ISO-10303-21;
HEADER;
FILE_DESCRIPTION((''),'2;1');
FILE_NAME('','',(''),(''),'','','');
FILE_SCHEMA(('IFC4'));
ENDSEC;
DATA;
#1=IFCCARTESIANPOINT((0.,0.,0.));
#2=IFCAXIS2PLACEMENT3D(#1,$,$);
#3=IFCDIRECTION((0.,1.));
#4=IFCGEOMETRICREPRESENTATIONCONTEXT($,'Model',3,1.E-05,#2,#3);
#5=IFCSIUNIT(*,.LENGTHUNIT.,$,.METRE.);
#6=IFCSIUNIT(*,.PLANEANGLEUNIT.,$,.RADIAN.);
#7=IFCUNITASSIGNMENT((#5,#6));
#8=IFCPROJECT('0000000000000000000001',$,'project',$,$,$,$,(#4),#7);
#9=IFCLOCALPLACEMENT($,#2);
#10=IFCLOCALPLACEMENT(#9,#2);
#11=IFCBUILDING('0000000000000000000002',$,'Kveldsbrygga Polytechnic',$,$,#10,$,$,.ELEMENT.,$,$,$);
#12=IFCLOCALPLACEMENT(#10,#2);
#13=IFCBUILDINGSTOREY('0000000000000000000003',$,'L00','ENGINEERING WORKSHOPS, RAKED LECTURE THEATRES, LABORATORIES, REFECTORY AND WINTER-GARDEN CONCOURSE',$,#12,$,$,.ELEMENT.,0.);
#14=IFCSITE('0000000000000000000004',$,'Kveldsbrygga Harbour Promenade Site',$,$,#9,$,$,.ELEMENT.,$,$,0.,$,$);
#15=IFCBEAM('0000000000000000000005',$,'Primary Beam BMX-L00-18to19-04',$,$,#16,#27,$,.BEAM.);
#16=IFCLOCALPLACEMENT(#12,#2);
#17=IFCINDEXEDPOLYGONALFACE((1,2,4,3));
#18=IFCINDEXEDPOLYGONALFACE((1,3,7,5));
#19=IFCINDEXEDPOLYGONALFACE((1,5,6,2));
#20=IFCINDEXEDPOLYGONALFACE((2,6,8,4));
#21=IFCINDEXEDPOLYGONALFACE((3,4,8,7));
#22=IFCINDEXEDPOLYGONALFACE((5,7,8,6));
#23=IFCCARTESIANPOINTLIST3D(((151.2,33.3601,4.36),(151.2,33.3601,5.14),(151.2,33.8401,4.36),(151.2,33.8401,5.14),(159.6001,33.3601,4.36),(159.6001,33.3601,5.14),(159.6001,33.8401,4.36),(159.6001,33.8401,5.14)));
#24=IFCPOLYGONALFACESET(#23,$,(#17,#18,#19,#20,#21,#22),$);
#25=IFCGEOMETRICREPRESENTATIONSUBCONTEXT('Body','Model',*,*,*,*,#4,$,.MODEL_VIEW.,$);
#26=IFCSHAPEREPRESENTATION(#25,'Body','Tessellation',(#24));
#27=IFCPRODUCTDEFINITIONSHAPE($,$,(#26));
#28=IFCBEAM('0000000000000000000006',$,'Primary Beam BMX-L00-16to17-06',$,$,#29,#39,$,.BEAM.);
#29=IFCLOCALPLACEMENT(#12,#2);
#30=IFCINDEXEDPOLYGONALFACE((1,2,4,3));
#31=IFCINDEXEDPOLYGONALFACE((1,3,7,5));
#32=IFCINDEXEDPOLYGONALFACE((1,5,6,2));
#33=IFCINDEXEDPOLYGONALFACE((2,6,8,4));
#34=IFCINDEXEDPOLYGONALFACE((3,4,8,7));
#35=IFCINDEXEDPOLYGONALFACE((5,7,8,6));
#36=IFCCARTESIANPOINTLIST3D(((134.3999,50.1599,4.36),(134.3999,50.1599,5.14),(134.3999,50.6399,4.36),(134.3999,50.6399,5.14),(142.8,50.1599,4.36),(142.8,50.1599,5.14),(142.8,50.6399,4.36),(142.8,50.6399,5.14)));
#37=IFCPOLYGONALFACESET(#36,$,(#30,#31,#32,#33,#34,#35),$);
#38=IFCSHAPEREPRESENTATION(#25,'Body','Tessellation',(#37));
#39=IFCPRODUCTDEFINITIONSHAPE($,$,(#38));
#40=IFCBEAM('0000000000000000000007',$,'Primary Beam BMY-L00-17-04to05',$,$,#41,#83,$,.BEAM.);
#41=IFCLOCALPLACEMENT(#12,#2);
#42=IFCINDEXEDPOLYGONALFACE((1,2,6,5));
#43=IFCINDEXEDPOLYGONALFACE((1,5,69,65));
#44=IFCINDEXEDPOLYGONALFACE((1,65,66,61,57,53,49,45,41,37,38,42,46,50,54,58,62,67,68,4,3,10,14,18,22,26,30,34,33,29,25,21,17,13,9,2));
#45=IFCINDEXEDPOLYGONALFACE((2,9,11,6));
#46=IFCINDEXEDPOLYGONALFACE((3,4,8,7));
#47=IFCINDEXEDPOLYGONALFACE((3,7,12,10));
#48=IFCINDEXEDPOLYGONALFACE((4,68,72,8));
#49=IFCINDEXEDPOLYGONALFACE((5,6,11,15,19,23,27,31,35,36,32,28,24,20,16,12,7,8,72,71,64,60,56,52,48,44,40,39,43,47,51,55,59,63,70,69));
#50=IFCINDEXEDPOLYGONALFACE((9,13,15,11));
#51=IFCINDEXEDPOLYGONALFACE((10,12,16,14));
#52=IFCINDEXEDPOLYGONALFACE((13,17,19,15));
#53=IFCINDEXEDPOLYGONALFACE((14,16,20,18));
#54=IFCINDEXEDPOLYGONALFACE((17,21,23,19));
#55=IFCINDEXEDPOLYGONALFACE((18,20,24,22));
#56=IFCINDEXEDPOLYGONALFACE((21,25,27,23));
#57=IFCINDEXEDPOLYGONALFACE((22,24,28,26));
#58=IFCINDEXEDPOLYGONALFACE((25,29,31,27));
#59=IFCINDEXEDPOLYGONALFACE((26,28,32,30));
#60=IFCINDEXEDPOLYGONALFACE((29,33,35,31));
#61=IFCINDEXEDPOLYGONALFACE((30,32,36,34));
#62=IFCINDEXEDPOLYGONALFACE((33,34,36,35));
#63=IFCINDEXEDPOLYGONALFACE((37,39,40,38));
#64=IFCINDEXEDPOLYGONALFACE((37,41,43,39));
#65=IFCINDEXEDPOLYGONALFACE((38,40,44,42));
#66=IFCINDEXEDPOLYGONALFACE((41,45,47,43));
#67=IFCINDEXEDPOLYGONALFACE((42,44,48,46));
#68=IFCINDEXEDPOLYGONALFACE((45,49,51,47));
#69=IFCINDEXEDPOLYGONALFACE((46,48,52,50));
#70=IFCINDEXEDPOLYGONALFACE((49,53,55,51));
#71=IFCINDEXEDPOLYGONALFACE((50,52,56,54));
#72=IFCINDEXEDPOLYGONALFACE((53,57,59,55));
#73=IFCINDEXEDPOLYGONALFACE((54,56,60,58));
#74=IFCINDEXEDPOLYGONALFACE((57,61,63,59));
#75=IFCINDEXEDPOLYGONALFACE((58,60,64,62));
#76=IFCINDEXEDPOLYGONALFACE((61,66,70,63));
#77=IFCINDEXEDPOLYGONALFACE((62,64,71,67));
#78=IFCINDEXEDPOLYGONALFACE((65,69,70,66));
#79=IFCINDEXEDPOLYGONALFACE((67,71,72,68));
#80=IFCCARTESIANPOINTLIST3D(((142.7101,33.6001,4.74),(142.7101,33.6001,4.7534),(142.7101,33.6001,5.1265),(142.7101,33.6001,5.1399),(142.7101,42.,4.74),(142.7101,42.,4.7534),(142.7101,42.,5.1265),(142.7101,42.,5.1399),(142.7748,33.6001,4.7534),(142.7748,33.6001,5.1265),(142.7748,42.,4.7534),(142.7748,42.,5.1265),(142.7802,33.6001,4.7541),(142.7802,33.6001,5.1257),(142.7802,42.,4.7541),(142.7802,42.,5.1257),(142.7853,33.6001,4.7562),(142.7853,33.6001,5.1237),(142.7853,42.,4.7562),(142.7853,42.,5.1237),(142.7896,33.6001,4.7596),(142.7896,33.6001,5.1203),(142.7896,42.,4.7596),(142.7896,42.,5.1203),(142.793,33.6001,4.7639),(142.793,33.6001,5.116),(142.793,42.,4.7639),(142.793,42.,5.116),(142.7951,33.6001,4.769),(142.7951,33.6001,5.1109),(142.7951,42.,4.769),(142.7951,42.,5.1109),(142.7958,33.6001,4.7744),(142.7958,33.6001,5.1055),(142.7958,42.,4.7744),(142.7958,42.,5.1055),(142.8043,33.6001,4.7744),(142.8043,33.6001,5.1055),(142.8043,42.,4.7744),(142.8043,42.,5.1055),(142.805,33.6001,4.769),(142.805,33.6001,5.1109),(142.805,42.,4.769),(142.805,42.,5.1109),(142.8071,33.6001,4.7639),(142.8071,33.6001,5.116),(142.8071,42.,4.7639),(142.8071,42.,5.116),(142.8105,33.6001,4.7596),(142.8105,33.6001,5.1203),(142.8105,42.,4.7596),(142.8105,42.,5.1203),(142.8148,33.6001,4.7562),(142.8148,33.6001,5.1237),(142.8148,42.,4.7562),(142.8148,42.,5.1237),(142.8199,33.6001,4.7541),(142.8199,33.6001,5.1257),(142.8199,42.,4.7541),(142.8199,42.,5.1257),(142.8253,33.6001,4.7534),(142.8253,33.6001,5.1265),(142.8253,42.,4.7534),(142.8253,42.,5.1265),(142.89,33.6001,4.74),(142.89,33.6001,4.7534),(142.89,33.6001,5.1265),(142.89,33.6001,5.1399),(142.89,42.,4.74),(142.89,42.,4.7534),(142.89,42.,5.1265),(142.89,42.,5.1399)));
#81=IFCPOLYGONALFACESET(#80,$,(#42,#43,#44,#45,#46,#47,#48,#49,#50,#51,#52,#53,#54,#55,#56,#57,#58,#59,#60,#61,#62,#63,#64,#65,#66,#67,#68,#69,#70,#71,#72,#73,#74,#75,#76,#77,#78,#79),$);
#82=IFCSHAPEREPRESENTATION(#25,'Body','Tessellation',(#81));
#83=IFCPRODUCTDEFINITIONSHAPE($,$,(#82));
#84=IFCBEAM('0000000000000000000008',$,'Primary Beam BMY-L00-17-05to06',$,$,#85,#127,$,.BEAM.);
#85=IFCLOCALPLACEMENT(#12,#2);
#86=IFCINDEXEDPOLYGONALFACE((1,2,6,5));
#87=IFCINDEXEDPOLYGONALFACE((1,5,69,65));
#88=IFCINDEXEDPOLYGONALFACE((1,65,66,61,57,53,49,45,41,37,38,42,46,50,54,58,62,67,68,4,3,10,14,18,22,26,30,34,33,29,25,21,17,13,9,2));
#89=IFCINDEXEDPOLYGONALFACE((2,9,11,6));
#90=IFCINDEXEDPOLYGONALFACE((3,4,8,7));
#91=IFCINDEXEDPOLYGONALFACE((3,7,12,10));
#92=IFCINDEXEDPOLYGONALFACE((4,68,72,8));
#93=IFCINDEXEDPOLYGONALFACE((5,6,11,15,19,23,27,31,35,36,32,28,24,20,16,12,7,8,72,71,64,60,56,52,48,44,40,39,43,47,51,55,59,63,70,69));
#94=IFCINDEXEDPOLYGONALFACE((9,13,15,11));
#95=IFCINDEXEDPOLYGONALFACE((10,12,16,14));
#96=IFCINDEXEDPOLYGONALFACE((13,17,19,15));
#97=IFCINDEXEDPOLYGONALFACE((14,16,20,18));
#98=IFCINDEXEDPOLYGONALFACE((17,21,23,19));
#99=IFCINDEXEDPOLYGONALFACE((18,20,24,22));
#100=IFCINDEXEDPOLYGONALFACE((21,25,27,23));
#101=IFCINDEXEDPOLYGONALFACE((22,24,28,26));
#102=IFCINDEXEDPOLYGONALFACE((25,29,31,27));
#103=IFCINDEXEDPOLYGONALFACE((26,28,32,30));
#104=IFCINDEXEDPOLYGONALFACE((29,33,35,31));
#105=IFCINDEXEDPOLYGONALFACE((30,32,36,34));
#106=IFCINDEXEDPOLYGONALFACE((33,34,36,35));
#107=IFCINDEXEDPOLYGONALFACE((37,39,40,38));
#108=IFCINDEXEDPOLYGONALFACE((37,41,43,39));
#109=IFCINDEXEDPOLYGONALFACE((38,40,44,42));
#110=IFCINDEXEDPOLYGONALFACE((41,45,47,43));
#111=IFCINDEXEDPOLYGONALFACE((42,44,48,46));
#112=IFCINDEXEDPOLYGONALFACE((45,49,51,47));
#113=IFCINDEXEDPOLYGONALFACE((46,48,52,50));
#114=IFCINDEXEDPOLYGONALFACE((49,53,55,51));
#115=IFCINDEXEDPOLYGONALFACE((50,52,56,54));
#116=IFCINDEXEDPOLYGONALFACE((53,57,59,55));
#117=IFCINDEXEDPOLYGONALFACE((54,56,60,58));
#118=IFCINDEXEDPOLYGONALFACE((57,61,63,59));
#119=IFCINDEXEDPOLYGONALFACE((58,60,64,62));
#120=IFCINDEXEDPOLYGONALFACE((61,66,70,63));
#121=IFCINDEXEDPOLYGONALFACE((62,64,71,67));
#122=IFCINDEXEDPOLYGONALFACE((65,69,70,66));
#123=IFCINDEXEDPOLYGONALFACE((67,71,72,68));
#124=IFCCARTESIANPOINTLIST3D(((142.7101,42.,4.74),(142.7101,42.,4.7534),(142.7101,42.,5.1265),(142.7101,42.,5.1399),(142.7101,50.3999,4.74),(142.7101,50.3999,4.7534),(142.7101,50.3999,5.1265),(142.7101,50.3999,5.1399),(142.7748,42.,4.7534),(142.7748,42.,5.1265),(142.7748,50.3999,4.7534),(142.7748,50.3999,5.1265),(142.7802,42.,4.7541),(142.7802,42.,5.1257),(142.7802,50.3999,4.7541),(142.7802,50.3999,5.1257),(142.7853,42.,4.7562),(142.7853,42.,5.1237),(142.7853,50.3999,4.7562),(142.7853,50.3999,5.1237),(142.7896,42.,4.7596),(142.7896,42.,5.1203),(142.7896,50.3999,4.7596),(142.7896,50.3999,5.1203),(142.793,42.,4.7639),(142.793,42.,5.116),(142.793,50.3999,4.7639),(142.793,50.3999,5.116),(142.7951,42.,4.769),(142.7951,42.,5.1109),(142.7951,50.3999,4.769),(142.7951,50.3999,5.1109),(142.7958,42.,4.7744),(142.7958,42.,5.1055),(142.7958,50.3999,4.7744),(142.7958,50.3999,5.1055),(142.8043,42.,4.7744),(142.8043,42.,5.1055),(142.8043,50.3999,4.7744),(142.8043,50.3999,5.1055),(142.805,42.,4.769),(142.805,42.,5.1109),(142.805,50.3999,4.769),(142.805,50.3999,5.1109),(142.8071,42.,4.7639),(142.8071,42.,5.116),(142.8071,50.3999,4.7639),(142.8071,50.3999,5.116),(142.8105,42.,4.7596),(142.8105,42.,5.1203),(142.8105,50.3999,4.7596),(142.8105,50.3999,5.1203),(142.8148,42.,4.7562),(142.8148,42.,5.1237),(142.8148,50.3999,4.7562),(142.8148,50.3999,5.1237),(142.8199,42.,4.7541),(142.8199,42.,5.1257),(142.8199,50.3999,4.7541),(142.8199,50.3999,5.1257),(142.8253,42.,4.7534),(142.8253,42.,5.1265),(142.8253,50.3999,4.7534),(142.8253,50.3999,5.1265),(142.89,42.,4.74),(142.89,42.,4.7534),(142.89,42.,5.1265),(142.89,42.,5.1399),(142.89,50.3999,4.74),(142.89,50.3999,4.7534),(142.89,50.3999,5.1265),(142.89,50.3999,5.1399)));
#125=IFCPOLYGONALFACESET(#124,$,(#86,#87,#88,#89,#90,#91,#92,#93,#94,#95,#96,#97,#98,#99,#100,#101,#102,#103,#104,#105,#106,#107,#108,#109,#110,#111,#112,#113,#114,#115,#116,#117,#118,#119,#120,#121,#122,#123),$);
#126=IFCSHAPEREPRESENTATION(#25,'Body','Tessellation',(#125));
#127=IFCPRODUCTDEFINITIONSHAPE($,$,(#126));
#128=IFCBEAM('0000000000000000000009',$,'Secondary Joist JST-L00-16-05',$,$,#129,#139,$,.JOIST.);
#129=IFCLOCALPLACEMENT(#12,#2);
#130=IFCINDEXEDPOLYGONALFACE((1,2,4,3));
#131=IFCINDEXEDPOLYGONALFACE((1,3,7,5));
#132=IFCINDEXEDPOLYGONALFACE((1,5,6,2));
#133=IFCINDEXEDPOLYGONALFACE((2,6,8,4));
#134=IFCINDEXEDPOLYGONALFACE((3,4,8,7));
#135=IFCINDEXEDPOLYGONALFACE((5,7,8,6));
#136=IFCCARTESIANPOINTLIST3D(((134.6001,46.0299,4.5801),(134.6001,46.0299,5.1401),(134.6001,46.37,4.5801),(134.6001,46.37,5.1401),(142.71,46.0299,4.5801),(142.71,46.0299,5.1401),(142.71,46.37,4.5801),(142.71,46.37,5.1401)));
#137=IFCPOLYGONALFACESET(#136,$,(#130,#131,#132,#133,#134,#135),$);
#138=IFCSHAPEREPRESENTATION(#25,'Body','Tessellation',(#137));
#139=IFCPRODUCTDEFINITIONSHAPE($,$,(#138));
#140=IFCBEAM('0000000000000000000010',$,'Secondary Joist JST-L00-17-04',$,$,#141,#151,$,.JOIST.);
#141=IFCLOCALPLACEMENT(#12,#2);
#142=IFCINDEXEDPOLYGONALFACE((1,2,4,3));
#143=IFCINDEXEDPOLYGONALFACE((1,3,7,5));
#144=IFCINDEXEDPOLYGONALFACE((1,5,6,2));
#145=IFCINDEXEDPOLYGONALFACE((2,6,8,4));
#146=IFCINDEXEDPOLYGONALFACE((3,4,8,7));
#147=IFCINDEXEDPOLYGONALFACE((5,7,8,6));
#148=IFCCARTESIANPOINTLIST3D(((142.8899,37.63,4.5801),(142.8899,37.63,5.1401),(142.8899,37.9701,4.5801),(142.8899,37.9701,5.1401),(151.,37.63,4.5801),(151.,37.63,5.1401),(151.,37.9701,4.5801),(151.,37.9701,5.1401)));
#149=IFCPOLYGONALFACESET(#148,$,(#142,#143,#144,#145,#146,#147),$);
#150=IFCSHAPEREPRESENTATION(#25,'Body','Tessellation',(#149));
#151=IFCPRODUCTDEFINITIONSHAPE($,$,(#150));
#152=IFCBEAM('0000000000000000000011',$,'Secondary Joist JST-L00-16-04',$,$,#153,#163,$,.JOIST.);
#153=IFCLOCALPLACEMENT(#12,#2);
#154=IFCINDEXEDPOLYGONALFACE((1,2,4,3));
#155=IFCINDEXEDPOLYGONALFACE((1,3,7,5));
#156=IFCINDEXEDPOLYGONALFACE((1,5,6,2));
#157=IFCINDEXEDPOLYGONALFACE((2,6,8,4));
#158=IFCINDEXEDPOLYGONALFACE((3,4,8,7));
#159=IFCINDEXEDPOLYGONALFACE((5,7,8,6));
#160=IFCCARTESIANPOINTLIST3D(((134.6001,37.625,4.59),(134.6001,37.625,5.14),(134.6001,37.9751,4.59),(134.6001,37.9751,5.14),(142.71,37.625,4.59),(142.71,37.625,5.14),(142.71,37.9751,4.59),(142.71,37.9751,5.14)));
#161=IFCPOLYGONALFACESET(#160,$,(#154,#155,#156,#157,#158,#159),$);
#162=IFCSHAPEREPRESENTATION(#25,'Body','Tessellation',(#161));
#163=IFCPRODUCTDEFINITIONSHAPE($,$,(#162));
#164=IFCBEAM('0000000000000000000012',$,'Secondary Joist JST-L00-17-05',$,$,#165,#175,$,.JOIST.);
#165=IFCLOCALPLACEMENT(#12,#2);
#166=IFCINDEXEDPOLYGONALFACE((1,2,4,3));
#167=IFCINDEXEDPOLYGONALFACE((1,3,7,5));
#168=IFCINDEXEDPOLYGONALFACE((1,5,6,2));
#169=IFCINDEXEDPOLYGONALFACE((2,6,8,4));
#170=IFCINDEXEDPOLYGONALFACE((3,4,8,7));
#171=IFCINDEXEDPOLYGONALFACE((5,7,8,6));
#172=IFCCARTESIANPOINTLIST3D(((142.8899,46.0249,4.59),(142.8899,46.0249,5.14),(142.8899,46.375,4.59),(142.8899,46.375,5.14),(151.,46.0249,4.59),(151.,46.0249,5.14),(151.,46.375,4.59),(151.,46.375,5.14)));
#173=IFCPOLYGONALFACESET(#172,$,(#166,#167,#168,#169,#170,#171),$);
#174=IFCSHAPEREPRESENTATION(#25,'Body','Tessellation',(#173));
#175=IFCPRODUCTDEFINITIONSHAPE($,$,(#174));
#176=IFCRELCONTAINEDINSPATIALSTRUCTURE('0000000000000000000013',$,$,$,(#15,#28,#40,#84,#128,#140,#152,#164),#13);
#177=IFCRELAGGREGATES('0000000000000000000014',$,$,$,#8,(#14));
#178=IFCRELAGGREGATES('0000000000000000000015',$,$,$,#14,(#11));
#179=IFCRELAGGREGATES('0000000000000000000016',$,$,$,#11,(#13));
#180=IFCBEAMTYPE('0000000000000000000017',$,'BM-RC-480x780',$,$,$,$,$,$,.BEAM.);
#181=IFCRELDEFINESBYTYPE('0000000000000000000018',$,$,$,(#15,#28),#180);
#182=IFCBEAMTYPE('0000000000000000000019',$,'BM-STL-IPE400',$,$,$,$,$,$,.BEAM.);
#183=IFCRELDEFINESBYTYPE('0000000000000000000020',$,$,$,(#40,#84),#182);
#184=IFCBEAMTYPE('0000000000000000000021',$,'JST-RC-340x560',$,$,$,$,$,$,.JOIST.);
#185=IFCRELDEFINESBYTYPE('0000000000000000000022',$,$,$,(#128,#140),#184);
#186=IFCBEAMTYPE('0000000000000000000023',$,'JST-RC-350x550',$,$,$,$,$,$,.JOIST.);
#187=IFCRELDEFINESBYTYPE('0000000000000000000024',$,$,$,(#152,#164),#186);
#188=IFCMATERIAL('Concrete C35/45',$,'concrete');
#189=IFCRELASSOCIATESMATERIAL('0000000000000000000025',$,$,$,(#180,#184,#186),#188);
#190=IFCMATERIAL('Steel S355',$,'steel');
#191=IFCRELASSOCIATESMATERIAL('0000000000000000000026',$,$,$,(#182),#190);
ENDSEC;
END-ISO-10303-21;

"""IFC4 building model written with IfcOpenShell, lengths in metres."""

from ifc_helpers import new_model, si_unit, direction, frame, origin, origin_2d, place, context, subcontext, project, spatial, rectangle, i_section, extrude, material, material_profile, profile_set, type_object, element, save


model = new_model("IFC4")

# Units and contexts
model_context = context("Model", 3, precision=1e-05, world=origin(), true_north=direction((0.0, 1.0)))
body_context = subcontext(model_context, "Body", "Model", "MODEL_VIEW")
ifc_project = project(units=[si_unit("LENGTHUNIT", "METRE"), si_unit("PLANEANGLEUNIT", "RADIAN")], contexts=[model_context])

# Site, building, storey
site_placement = place(None, origin())
site = spatial("IfcSite", under=ifc_project, at=site_placement, Name="Kveldsbrygga Harbour Promenade Site", CompositionType="ELEMENT", RefElevation=0.0)
building_placement = place(site_placement, origin())
building = spatial("IfcBuilding", under=site, at=building_placement, Name="Kveldsbrygga Polytechnic", CompositionType="ELEMENT")
storey_placement = place(building_placement, origin())
storey = spatial("IfcBuildingStorey", under=building, at=storey_placement, Name="L00", Description="ENGINEERING WORKSHOPS, RAKED LECTURE THEATRES, LABORATORIES, REFECTORY AND WINTER-GARDEN CONCOURSE", CompositionType="ELEMENT", Elevation=0.0)

# Beams
ifc_material_1 = material(Name="Concrete C35/45", Category="concrete")
ifc_material_profile_1 = material_profile(ifc_material_1, rectangle(XDim=0.48, YDim=0.78, at=origin_2d()), Name="RC 480x780")
ifc_profile_set_1 = profile_set([ifc_material_profile_1], Name="Concrete C35/45")
beam_type_1 = type_object("IfcBeamType", Name="BM-RC-480x780", PredefinedType="BEAM", material=ifc_profile_set_1)
for number, where, z_axis, x_axis, name in (
    (1, (151.2, 33.6001, 4.75), (1.0, 0.0, 0.0), (0.0, 1.0, 0.0), "Primary Beam BMX-L00-18to19-04"),
    (2, (134.3999, 50.3999, 4.75), (1.0, 0.0, 0.0), (0.0, 1.0, 0.0), "Primary Beam BMX-L00-16to17-06"),
):
    element("IfcBeam", number, at=place(storey_placement, frame(where, z_axis=z_axis, x_axis=x_axis)), inside=storey, type_object=beam_type_1, Name=name, PredefinedType="BEAM", context=body_context, shape_type="SweptSolid", body=[
        extrude(rectangle(XDim=0.48, YDim=0.78, at=origin_2d()), origin(), (0.0, 0.0, 1.0), 8.4001),
    ])
ifc_material_2 = material(Name="Steel S355", Category="steel")
ifc_material_profile_2 = material_profile(ifc_material_2, i_section(OverallWidth=0.1799, OverallDepth=0.3999, WebThickness=0.0085, FlangeThickness=0.0134, FilletRadius=0.021, at=origin_2d()), Name="IPE 400")
ifc_profile_set_2 = profile_set([ifc_material_profile_2], Name="Steel S355")
beam_type_2 = type_object("IfcBeamType", Name="BM-STL-IPE400", PredefinedType="BEAM", material=ifc_profile_set_2)
for number, where, z_axis, x_axis, name in (
    (3, (142.8, 33.6001, 4.9399), (0.0, 1.0, 0.0), (-1.0, 0.0, 0.0), "Primary Beam BMY-L00-17-04to05"),
    (4, (142.8, 42.0, 4.9399), (0.0, 1.0, 0.0), (-1.0, 0.0, 0.0), "Primary Beam BMY-L00-17-05to06"),
):
    element("IfcBeam", number, at=place(storey_placement, frame(where, z_axis=z_axis, x_axis=x_axis)), inside=storey, type_object=beam_type_2, Name=name, PredefinedType="BEAM", context=body_context, shape_type="SweptSolid", body=[
        extrude(i_section(OverallWidth=0.1799, OverallDepth=0.3999, WebThickness=0.0085, FlangeThickness=0.0134, FilletRadius=0.021, at=origin_2d()), origin(), (0.0, 0.0, 1.0), 8.3999),
    ])
ifc_material_profile_3 = material_profile(ifc_material_1, rectangle(XDim=0.3401, YDim=0.5601, at=origin_2d()), Name="RC 340x560")
ifc_profile_set_3 = profile_set([ifc_material_profile_3], Name="Concrete C35/45")
beam_type_3 = type_object("IfcBeamType", Name="JST-RC-340x560", PredefinedType="JOIST", material=ifc_profile_set_3)
beam_1_placement = place(storey_placement, frame((134.6001, 46.2, 4.8601), z_axis=(1.0, 0.0, 0.0), x_axis=(0.0, 1.0, 0.0)))
element("IfcBeam", 5, at=beam_1_placement, inside=storey, type_object=beam_type_3, Name="Secondary Joist JST-L00-16-05", PredefinedType="JOIST", context=body_context, shape_type="SweptSolid", body=[
    extrude(rectangle(XDim=0.3401, YDim=0.5601, at=origin_2d()), origin(), (0.0, 0.0, 1.0), 8.1099),
])
beam_2_placement = place(storey_placement, frame((142.8899, 37.8, 4.8601), z_axis=(1.0, 0.0, 0.0), x_axis=(0.0, 1.0, 0.0)))
element("IfcBeam", 6, at=beam_2_placement, inside=storey, type_object=beam_type_3, Name="Secondary Joist JST-L00-17-04", PredefinedType="JOIST", context=body_context, shape_type="SweptSolid", body=[
    extrude(rectangle(XDim=0.3401, YDim=0.5601, at=origin_2d()), origin(), (0.0, 0.0, 1.0), 8.1101),
])
ifc_material_profile_4 = material_profile(ifc_material_1, rectangle(XDim=0.3501, YDim=0.55, at=origin_2d()), Name="RC 350x550")
ifc_profile_set_4 = profile_set([ifc_material_profile_4], Name="Concrete C35/45")
beam_type_4 = type_object("IfcBeamType", Name="JST-RC-350x550", PredefinedType="JOIST", material=ifc_profile_set_4)
beam_3_placement = place(storey_placement, frame((134.6001, 37.8, 4.865), z_axis=(1.0, 0.0, 0.0), x_axis=(0.0, 1.0, 0.0)))
element("IfcBeam", 7, at=beam_3_placement, inside=storey, type_object=beam_type_4, Name="Secondary Joist JST-L00-16-04", PredefinedType="JOIST", context=body_context, shape_type="SweptSolid", body=[
    extrude(rectangle(XDim=0.3501, YDim=0.55, at=origin_2d()), origin(), (0.0, 0.0, 1.0), 8.1099),
])
beam_4_placement = place(storey_placement, frame((142.8899, 46.2, 4.865), z_axis=(1.0, 0.0, 0.0), x_axis=(0.0, 1.0, 0.0)))
element("IfcBeam", 8, at=beam_4_placement, inside=storey, type_object=beam_type_4, Name="Secondary Joist JST-L00-17-05", PredefinedType="JOIST", context=body_context, shape_type="SweptSolid", body=[
    extrude(rectangle(XDim=0.3501, YDim=0.55, at=origin_2d()), origin(), (0.0, 0.0, 1.0), 8.1101),
])

save(model, "model.ifc")
